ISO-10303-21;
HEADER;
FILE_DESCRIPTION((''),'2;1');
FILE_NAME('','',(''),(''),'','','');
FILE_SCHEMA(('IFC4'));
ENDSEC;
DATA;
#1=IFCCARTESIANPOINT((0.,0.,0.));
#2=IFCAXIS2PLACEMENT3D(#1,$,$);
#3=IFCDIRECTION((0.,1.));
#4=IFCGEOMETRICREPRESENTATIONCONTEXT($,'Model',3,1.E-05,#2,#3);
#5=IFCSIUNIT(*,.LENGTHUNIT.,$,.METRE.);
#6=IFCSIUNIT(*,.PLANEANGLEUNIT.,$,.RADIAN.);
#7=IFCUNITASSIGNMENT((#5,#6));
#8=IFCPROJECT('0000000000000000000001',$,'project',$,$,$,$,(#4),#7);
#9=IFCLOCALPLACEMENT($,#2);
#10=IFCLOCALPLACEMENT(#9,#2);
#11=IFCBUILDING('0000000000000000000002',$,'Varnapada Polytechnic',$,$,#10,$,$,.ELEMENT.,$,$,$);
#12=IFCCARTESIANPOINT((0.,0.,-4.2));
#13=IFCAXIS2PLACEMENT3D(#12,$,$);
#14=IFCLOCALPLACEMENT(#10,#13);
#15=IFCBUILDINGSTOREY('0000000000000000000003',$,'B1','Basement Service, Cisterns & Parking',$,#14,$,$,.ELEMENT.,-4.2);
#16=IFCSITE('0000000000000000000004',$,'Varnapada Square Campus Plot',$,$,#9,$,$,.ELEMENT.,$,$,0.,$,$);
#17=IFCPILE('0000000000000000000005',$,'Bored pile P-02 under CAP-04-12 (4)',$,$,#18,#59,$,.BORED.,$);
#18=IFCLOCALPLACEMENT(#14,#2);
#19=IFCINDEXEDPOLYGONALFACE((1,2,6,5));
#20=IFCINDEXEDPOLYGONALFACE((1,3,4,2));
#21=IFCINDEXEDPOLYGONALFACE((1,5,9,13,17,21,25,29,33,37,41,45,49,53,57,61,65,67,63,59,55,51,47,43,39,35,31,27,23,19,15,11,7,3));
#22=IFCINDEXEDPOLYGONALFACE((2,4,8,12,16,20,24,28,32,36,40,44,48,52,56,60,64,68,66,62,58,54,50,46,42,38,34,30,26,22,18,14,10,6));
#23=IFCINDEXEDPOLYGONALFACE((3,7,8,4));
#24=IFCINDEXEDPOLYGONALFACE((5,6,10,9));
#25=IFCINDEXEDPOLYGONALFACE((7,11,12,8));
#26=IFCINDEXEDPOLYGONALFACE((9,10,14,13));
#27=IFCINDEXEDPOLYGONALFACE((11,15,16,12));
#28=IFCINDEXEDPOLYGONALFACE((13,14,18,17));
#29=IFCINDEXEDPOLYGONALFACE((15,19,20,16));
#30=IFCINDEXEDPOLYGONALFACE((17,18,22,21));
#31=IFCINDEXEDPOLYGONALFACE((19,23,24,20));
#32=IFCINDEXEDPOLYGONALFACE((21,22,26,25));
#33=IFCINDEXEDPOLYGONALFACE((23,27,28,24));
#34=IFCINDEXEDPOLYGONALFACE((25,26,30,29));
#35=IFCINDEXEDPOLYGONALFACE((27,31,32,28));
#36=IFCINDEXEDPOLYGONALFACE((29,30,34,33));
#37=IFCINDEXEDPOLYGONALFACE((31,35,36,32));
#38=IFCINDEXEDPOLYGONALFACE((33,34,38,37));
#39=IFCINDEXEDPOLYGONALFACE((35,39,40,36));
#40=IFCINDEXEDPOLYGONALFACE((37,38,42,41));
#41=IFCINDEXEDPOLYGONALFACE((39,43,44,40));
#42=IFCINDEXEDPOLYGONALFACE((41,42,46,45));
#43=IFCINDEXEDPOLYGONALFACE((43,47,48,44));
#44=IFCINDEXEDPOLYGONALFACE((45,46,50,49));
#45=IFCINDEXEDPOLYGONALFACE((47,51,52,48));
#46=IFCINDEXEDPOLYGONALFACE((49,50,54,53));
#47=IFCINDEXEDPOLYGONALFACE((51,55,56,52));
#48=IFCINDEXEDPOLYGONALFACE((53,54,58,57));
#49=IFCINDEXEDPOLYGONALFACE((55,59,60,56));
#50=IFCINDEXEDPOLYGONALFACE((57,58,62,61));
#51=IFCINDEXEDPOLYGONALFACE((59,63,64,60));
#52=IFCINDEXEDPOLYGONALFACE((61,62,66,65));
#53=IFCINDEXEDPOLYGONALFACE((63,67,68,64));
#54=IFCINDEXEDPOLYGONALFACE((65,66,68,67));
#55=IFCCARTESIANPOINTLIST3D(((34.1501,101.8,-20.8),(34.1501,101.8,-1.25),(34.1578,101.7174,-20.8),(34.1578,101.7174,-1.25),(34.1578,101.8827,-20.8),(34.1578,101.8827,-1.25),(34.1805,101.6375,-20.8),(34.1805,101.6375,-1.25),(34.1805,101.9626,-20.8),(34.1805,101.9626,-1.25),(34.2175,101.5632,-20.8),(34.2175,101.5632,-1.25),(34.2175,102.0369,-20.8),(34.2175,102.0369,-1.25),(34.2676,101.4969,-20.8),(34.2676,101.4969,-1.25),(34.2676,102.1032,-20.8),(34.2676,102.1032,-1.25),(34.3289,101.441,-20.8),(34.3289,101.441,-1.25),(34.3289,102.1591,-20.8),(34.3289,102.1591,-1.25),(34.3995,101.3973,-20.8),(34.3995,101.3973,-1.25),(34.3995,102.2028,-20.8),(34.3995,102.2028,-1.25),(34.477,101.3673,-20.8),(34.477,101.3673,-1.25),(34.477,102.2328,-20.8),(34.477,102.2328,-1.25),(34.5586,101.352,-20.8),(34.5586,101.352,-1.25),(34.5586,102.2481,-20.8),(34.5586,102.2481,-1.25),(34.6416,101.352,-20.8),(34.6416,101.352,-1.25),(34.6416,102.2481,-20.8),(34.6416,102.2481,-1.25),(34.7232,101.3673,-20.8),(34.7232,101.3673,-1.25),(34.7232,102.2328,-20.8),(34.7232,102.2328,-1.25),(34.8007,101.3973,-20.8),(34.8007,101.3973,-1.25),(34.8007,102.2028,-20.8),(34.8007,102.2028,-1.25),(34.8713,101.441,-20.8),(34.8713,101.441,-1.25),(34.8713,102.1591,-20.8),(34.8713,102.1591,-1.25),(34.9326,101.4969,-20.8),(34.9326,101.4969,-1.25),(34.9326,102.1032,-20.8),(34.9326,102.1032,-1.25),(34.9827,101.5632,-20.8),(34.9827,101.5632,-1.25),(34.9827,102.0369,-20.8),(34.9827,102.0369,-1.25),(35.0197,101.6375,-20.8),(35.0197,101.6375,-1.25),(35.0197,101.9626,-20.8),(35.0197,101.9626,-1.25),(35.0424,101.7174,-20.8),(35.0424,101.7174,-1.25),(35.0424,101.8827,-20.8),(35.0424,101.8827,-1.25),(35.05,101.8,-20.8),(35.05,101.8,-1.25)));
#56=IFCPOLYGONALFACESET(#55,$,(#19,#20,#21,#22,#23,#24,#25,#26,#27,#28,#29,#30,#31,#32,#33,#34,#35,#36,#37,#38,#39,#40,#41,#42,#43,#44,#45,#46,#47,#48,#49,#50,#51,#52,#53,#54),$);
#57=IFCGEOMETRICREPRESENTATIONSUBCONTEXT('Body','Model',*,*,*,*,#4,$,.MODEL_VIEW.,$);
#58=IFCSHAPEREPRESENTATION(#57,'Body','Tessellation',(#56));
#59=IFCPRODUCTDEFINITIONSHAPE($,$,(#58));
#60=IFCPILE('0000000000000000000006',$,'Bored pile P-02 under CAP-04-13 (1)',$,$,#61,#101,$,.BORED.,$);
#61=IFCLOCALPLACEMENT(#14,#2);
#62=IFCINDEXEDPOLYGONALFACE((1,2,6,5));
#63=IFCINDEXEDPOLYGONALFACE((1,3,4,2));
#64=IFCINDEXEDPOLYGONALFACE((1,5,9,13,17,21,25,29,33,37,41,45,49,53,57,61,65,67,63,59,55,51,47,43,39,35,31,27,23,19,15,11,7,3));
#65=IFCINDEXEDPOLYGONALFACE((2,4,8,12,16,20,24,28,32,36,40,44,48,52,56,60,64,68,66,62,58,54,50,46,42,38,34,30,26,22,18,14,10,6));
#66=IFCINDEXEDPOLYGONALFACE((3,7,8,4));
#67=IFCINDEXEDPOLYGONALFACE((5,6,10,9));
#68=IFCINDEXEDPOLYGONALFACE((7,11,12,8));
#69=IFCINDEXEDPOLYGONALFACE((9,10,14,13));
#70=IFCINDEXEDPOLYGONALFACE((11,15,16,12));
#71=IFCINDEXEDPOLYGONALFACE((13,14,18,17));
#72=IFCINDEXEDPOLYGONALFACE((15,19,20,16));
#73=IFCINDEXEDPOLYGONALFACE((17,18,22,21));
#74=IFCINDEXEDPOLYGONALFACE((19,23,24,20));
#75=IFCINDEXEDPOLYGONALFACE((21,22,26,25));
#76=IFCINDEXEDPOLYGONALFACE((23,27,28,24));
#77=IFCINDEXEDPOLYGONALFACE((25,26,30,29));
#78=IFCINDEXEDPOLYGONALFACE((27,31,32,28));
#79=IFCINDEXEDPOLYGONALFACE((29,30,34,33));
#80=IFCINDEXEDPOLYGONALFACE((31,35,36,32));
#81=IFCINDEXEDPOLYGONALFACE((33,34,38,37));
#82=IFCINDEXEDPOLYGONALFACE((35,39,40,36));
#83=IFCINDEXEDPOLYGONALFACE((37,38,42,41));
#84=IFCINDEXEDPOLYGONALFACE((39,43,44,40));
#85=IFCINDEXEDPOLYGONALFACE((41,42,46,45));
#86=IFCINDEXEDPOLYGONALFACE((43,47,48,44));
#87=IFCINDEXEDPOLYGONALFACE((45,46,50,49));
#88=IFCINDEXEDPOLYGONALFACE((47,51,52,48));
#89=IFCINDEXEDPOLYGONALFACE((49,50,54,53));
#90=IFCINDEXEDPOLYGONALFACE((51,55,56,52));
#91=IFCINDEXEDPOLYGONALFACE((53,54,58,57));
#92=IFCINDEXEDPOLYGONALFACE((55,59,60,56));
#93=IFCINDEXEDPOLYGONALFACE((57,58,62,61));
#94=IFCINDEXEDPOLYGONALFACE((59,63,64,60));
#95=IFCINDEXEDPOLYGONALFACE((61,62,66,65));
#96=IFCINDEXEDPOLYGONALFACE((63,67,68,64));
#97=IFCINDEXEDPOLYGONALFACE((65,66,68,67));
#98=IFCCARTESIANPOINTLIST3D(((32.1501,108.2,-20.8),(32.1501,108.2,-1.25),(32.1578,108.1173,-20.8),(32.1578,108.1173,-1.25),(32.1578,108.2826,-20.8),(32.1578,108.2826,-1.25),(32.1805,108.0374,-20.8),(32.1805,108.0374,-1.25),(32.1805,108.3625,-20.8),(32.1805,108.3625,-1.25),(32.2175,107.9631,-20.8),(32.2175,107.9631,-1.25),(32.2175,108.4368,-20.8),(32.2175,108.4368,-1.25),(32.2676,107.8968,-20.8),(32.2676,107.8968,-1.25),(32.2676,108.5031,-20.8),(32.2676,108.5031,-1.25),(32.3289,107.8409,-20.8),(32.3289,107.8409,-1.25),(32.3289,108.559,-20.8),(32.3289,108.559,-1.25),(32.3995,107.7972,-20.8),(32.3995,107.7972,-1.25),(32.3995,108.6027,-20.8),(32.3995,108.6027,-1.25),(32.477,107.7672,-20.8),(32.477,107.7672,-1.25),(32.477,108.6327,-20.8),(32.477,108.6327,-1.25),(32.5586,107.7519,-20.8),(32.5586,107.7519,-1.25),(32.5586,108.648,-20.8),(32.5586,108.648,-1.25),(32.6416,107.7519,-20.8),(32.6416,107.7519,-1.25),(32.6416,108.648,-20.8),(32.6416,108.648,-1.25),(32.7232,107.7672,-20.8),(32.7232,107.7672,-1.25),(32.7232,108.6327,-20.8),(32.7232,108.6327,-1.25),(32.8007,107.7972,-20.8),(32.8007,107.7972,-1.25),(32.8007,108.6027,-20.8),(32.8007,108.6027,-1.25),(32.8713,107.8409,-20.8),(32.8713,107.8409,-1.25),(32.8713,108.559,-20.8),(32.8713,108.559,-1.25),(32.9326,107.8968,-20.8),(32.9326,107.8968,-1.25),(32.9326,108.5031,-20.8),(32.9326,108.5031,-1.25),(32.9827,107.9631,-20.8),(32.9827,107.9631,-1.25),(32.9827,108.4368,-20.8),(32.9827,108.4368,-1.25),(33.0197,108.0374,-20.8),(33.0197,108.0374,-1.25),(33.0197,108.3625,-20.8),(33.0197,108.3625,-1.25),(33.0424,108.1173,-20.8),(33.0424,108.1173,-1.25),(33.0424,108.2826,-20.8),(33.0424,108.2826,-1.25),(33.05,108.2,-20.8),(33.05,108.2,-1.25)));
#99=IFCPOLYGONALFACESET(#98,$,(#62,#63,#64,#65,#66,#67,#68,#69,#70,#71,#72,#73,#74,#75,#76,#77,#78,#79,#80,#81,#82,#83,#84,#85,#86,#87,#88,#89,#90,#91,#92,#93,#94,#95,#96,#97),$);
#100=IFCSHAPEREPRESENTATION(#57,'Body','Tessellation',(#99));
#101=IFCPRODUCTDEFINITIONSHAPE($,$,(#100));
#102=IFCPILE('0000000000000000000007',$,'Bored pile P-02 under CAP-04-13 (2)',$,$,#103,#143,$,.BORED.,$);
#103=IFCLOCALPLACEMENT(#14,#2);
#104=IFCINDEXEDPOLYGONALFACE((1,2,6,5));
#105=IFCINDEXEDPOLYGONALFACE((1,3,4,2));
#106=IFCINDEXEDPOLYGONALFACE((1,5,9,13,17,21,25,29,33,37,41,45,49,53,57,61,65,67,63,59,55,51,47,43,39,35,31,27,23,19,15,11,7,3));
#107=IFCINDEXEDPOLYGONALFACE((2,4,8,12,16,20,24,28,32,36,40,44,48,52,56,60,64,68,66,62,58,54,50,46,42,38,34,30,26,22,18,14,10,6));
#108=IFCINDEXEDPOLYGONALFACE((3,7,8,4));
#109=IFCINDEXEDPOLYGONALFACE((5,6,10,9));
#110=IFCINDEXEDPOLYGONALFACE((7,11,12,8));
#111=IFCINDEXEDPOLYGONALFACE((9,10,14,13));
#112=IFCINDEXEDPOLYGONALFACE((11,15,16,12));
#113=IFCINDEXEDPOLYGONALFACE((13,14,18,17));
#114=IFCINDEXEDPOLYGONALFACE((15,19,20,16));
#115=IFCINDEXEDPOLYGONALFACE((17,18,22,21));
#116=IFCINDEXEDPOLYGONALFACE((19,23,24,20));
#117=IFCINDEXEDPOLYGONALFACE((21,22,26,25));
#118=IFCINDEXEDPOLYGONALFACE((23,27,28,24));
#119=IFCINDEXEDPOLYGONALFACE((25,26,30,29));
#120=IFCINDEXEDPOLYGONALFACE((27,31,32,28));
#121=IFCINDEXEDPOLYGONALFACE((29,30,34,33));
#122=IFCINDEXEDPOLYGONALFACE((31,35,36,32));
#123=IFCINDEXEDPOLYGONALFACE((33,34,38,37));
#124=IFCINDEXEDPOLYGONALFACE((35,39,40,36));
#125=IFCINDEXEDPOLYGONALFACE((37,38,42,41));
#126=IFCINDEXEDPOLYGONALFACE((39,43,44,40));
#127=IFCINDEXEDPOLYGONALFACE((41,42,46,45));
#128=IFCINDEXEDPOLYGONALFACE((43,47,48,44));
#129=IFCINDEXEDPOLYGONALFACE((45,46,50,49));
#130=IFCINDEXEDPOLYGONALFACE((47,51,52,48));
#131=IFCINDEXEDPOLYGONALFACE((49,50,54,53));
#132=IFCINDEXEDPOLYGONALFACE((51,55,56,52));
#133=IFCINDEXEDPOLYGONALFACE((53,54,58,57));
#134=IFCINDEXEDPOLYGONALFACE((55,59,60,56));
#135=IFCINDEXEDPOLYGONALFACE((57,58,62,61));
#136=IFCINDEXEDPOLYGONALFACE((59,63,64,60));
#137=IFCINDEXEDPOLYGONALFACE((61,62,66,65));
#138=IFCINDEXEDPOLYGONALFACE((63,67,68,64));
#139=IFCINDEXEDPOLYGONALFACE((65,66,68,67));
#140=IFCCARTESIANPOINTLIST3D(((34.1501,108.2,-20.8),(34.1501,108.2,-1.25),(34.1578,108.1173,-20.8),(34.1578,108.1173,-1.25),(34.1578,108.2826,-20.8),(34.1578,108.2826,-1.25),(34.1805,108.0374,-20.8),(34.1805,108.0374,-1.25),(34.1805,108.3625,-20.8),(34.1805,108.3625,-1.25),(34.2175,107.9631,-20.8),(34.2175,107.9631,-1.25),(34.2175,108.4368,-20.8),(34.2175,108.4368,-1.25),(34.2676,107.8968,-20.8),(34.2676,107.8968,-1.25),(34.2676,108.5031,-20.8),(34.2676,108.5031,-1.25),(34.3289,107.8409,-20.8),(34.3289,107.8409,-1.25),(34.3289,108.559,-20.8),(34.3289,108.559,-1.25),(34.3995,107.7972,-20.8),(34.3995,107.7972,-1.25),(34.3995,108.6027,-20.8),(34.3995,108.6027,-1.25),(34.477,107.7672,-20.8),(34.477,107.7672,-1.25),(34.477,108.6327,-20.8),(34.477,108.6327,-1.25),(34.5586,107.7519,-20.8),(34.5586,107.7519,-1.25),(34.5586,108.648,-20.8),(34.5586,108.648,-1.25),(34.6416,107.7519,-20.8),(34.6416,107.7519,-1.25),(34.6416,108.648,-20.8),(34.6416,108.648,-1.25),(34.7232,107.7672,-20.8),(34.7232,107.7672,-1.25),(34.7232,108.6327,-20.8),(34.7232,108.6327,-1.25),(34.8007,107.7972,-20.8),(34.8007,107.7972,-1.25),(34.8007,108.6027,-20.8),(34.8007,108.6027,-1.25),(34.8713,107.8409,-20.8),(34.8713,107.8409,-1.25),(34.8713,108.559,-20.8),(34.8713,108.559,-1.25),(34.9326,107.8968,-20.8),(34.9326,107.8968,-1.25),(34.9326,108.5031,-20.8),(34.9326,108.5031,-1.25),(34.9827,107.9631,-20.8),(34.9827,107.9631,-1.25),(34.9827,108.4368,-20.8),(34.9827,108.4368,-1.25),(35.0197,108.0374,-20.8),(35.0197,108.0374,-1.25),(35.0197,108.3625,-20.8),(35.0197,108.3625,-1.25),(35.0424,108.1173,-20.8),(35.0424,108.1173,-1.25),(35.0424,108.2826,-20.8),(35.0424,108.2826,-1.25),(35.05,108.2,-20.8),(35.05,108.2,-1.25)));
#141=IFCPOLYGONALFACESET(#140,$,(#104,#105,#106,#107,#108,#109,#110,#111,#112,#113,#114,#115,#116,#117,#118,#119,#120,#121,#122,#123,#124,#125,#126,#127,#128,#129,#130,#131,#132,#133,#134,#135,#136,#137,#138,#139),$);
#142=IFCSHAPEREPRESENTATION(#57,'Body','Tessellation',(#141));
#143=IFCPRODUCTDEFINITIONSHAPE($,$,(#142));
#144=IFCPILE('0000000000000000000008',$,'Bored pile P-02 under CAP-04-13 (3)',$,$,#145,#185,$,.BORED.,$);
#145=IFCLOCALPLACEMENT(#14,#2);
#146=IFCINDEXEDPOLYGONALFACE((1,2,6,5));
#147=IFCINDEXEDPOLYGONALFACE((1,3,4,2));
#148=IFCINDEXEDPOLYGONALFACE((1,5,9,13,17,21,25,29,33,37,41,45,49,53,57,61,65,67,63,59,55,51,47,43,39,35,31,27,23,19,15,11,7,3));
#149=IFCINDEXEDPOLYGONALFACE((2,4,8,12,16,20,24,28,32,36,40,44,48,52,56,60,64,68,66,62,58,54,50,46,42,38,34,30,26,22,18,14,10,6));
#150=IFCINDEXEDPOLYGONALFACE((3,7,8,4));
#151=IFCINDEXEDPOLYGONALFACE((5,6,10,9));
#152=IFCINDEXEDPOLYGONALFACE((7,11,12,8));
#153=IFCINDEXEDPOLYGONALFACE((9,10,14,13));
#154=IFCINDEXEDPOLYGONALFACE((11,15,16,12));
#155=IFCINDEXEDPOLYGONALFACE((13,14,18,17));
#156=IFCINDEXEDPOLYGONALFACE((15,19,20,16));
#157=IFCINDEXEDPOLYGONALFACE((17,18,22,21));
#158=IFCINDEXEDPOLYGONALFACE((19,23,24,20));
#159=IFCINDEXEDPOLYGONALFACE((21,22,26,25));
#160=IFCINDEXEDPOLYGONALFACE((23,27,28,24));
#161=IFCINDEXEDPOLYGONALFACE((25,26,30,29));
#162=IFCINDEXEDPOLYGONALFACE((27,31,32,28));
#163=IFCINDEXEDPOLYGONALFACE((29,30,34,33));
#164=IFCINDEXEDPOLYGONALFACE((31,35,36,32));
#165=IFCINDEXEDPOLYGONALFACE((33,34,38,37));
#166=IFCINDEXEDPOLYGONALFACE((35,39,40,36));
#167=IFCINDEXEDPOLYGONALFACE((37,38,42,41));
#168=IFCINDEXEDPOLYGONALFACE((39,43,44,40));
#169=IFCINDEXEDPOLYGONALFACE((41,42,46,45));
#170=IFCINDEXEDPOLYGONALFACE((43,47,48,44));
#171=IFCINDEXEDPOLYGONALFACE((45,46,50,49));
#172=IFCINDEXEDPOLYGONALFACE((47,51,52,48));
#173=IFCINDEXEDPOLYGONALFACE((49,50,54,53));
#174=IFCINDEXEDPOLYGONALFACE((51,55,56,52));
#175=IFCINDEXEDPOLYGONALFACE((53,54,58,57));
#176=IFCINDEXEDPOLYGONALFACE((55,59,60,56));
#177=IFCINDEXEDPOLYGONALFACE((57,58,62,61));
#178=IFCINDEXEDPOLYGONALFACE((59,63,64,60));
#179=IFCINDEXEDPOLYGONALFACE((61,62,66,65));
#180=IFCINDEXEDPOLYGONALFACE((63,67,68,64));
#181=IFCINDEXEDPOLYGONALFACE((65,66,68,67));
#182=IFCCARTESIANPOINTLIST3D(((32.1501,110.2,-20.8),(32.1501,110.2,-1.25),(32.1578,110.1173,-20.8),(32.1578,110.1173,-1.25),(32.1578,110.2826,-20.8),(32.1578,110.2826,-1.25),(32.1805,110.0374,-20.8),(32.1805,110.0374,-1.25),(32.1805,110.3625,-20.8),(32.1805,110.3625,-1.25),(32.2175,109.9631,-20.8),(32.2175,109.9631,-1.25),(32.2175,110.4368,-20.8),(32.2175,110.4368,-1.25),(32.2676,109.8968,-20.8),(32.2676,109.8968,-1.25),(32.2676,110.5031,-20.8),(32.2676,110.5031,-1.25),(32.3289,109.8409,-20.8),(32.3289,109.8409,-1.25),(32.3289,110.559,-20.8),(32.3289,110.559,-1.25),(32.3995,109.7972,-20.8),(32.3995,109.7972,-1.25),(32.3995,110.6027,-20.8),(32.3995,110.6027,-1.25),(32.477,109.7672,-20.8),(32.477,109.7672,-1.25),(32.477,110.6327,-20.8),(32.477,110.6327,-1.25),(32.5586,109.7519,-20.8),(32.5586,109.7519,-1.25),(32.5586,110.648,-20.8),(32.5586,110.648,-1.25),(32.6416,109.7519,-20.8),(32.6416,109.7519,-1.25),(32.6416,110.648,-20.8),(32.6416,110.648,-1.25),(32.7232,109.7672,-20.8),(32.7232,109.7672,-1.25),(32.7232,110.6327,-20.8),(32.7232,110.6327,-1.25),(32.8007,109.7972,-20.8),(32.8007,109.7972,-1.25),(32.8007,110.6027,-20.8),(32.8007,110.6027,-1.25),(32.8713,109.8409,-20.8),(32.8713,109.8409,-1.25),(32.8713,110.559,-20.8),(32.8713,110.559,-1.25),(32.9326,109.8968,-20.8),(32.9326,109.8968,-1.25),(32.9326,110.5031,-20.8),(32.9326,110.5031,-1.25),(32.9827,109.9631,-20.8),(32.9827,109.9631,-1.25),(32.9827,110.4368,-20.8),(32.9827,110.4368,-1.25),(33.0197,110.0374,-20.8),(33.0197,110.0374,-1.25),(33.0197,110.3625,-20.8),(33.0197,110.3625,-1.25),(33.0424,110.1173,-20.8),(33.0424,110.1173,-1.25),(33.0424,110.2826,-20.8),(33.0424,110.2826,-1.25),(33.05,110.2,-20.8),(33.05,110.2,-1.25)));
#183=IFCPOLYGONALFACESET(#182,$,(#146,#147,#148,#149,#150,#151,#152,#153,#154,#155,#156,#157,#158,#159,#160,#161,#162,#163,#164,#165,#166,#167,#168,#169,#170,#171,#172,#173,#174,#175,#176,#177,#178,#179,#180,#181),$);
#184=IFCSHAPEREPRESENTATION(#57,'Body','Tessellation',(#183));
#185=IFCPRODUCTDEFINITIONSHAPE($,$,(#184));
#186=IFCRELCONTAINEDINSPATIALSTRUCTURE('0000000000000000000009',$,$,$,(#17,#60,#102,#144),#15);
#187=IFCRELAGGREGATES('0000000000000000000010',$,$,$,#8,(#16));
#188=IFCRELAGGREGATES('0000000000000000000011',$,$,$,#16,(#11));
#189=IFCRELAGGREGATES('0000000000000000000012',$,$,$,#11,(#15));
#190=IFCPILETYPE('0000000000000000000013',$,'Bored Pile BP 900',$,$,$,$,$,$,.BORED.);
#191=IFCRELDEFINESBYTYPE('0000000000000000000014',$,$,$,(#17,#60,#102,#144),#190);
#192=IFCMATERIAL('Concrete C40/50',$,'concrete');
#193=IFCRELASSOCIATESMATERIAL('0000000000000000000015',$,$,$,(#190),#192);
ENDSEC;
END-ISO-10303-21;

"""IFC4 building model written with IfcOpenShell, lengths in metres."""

from ifc_helpers import new_model, si_unit, direction, frame, origin, origin_2d, place, context, subcontext, project, spatial, circle, extrude, material, material_profile, profile_set, type_object, element, save


model = new_model("IFC4")

# Units and contexts
model_context = context("Model", 3, precision=1e-05, world=origin(), true_north=direction((0.0, 1.0)))
body_context = subcontext(model_context, "Body", "Model", "MODEL_VIEW")
ifc_project = project(units=[si_unit("LENGTHUNIT", "METRE"), si_unit("PLANEANGLEUNIT", "RADIAN")], contexts=[model_context])

# Site, building, storey
site_placement = place(None, origin())
site = spatial("IfcSite", under=ifc_project, at=site_placement, Name="Varnapada Square Campus Plot", CompositionType="ELEMENT", RefElevation=0.0)
building_placement = place(site_placement, origin())
building = spatial("IfcBuilding", under=site, at=building_placement, Name="Varnapada Polytechnic", CompositionType="ELEMENT")
storey_placement = place(building_placement, frame((0.0, 0.0, -4.2)))
storey = spatial("IfcBuildingStorey", under=building, at=storey_placement, Name="B1", Description="Basement Service, Cisterns & Parking", CompositionType="ELEMENT", Elevation=-4.2)

# Piles
ifc_material_1 = material(Name="Concrete C40/50", Category="concrete")
ifc_material_profile_1 = material_profile(ifc_material_1, circle(Radius=0.45, at=origin_2d()), Name="BP 900")
ifc_profile_set_1 = profile_set([ifc_material_profile_1], Name="Concrete C40/50")
pile_type_1 = type_object("IfcPileType", Name="Bored Pile BP 900", PredefinedType="BORED", material=ifc_profile_set_1)
for number, where, z_axis, x_axis, name in (
    (1, (34.6001, 101.8, -1.25), (0.0, 0.0, -1.0), (1.0, 0.0, 0.0), "Bored pile P-02 under CAP-04-12 (4)"),
    (2, (32.6001, 108.2, -1.25), (0.0, 0.0, -1.0), (1.0, 0.0, 0.0), "Bored pile P-02 under CAP-04-13 (1)"),
    (3, (34.6001, 108.2, -1.25), (0.0, 0.0, -1.0), (1.0, 0.0, 0.0), "Bored pile P-02 under CAP-04-13 (2)"),
    (4, (32.6001, 110.2, -1.25), (0.0, 0.0, -1.0), (1.0, 0.0, 0.0), "Bored pile P-02 under CAP-04-13 (3)"),
):
    element("IfcPile", number, at=place(storey_placement, frame(where, z_axis=z_axis, x_axis=x_axis)), inside=storey, type_object=pile_type_1, Name=name, PredefinedType="BORED", context=body_context, shape_type="SweptSolid", body=[
        extrude(circle(Radius=0.45, at=origin_2d()), origin(), (0.0, 0.0, 1.0), 19.55),
    ])

save(model, "model.ifc")
